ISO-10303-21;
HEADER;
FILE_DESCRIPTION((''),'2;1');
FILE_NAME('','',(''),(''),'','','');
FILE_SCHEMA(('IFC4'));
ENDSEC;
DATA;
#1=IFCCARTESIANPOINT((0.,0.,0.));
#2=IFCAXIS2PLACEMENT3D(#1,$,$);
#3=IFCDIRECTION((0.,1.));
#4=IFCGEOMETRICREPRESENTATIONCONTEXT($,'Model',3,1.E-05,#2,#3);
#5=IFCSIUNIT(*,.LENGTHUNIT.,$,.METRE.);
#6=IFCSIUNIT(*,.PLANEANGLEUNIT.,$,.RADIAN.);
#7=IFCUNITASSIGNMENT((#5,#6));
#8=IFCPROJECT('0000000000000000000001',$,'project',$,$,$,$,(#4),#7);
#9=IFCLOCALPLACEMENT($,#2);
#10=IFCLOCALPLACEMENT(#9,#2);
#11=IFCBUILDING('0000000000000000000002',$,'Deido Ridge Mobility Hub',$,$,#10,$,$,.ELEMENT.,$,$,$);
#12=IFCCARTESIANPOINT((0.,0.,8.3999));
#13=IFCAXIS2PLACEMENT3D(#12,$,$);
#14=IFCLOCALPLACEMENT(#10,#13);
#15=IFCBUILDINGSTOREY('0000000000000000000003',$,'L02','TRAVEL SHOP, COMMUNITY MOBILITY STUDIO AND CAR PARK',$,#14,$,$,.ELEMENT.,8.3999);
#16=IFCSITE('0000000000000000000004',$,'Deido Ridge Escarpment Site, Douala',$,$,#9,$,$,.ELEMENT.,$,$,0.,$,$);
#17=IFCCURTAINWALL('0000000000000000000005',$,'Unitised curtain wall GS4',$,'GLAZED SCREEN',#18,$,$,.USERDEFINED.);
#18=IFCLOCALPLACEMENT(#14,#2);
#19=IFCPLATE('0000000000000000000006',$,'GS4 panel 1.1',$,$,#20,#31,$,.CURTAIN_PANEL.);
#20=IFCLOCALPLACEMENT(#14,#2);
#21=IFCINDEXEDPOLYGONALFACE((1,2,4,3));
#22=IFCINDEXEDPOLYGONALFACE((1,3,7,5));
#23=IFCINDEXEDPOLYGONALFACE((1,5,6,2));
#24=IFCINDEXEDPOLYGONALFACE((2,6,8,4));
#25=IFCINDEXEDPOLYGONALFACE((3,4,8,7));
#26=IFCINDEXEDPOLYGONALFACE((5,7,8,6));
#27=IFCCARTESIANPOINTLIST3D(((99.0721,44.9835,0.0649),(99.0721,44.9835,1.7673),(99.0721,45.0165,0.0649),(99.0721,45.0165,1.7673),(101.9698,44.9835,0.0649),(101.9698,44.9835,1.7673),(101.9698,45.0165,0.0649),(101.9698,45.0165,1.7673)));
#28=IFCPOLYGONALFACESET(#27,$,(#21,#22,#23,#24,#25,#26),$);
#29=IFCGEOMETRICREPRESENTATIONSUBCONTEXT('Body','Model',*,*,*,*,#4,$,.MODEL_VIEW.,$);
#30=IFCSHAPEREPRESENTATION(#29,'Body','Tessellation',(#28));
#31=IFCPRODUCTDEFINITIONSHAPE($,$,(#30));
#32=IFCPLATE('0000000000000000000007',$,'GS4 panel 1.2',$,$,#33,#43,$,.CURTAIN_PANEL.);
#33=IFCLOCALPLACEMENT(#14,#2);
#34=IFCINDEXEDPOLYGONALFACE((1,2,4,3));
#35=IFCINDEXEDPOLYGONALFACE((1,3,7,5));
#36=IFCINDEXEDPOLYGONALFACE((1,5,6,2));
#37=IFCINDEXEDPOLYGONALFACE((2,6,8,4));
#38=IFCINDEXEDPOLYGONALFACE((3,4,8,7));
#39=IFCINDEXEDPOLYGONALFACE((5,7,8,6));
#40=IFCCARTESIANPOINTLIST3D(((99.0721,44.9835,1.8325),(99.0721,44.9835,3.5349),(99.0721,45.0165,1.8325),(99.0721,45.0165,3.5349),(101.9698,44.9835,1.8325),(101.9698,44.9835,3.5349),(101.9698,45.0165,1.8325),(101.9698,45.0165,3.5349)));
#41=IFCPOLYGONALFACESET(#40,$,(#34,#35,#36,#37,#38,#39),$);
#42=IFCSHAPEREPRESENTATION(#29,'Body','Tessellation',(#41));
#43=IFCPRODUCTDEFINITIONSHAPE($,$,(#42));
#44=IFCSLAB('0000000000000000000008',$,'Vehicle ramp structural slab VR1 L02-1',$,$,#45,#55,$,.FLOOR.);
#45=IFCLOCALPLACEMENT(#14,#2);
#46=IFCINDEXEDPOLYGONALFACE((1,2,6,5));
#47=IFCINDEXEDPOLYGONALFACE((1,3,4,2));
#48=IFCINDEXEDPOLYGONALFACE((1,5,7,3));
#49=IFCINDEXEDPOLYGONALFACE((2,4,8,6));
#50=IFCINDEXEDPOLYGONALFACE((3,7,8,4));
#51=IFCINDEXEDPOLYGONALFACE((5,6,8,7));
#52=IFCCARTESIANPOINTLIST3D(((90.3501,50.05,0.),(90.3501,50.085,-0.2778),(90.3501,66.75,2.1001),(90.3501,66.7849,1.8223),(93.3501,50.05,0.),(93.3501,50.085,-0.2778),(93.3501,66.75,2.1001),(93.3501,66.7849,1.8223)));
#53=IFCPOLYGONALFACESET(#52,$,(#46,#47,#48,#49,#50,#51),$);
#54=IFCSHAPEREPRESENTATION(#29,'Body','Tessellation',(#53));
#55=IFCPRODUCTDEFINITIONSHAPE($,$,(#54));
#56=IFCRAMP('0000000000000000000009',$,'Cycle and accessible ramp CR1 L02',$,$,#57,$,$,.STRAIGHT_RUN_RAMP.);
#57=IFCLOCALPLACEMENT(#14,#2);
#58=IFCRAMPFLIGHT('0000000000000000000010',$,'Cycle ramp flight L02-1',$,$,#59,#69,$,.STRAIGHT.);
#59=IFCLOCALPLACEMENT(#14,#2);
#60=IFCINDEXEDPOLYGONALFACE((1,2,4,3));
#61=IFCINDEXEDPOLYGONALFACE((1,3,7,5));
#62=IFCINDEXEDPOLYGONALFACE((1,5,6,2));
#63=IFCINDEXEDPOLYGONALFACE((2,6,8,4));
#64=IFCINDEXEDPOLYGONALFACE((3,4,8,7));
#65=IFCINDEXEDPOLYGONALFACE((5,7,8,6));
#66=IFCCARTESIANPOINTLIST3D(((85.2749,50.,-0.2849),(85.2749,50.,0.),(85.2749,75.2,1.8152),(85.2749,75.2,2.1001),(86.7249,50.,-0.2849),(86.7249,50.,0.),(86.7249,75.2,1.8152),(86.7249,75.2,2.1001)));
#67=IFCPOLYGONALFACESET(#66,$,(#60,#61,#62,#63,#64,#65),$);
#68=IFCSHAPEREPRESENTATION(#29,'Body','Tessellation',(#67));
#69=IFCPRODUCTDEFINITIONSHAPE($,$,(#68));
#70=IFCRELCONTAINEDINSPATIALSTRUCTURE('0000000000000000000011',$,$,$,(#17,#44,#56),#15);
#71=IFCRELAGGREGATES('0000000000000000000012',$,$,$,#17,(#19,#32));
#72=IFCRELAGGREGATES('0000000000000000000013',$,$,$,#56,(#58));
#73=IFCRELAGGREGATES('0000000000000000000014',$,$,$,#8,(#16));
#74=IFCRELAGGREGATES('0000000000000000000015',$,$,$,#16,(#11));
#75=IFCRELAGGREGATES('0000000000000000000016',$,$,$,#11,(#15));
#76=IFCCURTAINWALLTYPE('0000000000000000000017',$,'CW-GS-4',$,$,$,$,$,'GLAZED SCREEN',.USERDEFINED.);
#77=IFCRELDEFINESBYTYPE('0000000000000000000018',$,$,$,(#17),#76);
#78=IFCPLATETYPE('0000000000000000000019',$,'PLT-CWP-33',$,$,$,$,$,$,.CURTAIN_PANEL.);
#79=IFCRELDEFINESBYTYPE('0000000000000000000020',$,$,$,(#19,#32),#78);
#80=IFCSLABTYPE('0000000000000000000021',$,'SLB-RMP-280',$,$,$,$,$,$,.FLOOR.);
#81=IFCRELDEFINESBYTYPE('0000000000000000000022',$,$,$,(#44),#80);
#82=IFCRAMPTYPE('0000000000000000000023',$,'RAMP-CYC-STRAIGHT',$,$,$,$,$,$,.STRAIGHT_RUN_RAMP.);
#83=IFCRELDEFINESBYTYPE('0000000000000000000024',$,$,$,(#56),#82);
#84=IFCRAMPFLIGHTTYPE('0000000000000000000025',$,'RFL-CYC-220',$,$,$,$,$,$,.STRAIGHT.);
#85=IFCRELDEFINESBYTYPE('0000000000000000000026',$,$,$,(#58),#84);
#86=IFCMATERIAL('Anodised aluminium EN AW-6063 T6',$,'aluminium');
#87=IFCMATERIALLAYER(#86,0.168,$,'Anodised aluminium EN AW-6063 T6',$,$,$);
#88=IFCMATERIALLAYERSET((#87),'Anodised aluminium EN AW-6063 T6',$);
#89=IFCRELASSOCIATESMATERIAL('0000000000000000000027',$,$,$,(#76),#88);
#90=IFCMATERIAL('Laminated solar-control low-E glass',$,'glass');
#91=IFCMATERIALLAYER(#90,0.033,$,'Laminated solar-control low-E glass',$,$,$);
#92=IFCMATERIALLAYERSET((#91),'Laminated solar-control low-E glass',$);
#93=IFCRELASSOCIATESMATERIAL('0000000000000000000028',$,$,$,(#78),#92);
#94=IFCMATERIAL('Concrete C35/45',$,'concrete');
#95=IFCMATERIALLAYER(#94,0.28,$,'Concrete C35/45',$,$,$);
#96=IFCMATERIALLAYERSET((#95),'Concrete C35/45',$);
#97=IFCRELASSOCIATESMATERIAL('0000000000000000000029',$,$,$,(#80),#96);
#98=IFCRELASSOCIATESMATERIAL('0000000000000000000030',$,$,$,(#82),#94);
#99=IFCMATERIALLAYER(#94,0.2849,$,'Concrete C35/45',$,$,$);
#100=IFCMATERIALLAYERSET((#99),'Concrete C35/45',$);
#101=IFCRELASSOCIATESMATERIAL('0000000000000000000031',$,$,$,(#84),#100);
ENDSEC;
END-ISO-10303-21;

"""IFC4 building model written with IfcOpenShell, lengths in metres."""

from ifc_helpers import new_model, si_unit, direction, frame, origin, origin_2d, place, context, subcontext, project, spatial, polyline, rectangle, outline, extrude, material, layer, layer_set, type_object, element, aggregate, save


model = new_model("IFC4")

# Units and contexts
model_context = context("Model", 3, precision=1e-05, world=origin(), true_north=direction((0.0, 1.0)))
body_context = subcontext(model_context, "Body", "Model", "MODEL_VIEW")
ifc_project = project(units=[si_unit("LENGTHUNIT", "METRE"), si_unit("PLANEANGLEUNIT", "RADIAN")], contexts=[model_context])

# Site, building, storey
site_placement = place(None, origin())
site = spatial("IfcSite", under=ifc_project, at=site_placement, Name="Deido Ridge Escarpment Site, Douala", CompositionType="ELEMENT", RefElevation=0.0)
building_placement = place(site_placement, origin())
building = spatial("IfcBuilding", under=site, at=building_placement, Name="Deido Ridge Mobility Hub", CompositionType="ELEMENT")
storey_placement = place(building_placement, frame((0.0, 0.0, 8.3999)))
storey = spatial("IfcBuildingStorey", under=building, at=storey_placement, Name="L02", Description="TRAVEL SHOP, COMMUNITY MOBILITY STUDIO AND CAR PARK", CompositionType="ELEMENT", Elevation=8.3999)

# Curtain wall
ifc_material_1 = material(Name="Anodised aluminium EN AW-6063 T6", Category="aluminium")
ifc_layer_1 = layer(ifc_material_1, 0.168, Name="Anodised aluminium EN AW-6063 T6")
ifc_layer_set_1 = layer_set([ifc_layer_1], Name="Anodised aluminium EN AW-6063 T6")
curtain_wall_type = type_object("IfcCurtainWallType", Name="CW-GS-4", ElementType="GLAZED SCREEN", PredefinedType="USERDEFINED", material=ifc_layer_set_1)
curtain_wall_1_placement = place(storey_placement, origin())
curtain_wall_1 = element("IfcCurtainWall", 1, at=curtain_wall_1_placement, inside=storey, type_object=curtain_wall_type, Name="Unitised curtain wall GS4", ObjectType="GLAZED SCREEN", PredefinedType="USERDEFINED")

# Plates
ifc_material_2 = material(Name="Laminated solar-control low-E glass", Category="glass")
ifc_layer_2 = layer(ifc_material_2, 0.033, Name="Laminated solar-control low-E glass")
ifc_layer_set_2 = layer_set([ifc_layer_2], Name="Laminated solar-control low-E glass")
plate_type = type_object("IfcPlateType", Name="PLT-CWP-33", PredefinedType="CURTAIN_PANEL", material=ifc_layer_set_2)
plate_1_placement = place(storey_placement, frame((100.521, 45.0, 0.0649), z_axis=(0.0, 0.0, 1.0), x_axis=(1.0, 0.0, 0.0)))
plate_1 = element("IfcPlate", 2, at=plate_1_placement, type_object=plate_type, Name="GS4 panel 1.1", PredefinedType="CURTAIN_PANEL", context=body_context, shape_type="SweptSolid", body=[
    extrude(rectangle(XDim=2.8977, YDim=0.033, at=origin_2d()), origin(), (0.0, 0.0, 1.0), 1.7024),
])
plate_2_placement = place(storey_placement, frame((100.521, 45.0, 1.8325), z_axis=(0.0, 0.0, 1.0), x_axis=(1.0, 0.0, 0.0)))
plate_2 = element("IfcPlate", 3, at=plate_2_placement, type_object=plate_type, Name="GS4 panel 1.2", PredefinedType="CURTAIN_PANEL", context=body_context, shape_type="SweptSolid", body=[
    extrude(rectangle(XDim=2.8977, YDim=0.033, at=origin_2d()), origin(), (0.0, 0.0, 1.0), 1.7024),
])
aggregate(curtain_wall_1, [plate_1, plate_2])

# Slab
ifc_material_3 = material(Name="Concrete C35/45", Category="concrete")
ifc_layer_3 = layer(ifc_material_3, 0.28, Name="Concrete C35/45")
ifc_layer_set_3 = layer_set([ifc_layer_3], Name="Concrete C35/45")
slab_type = type_object("IfcSlabType", Name="SLB-RMP-280", PredefinedType="FLOOR", material=ifc_layer_set_3)
slab_placement = place(storey_placement, frame((90.3501, 50.05, 0.0), z_axis=(0.0, -0.124772, 0.992185), x_axis=(1.0, 0.0, 0.0)))
element("IfcSlab", 4, at=slab_placement, inside=storey, type_object=slab_type, Name="Vehicle ramp structural slab VR1 L02-1", PredefinedType="FLOOR", context=body_context, shape_type="SweptSolid", body=[
    extrude(outline(polyline([(0.0, 0.0), (3.0, 0.0), (3.0, 16.8315), (0.0, 16.8315), (0.0, 0.0)])), origin(), (0.0, 0.0, -1.0), 0.28),
])

# Ramp, ramp flight
ramp_type = type_object("IfcRampType", Name="RAMP-CYC-STRAIGHT", PredefinedType="STRAIGHT_RUN_RAMP", material=ifc_material_3)
ramp_placement = place(storey_placement, origin())
ramp = element("IfcRamp", 5, at=ramp_placement, inside=storey, type_object=ramp_type, Name="Cycle and accessible ramp CR1 L02", PredefinedType="STRAIGHT_RUN_RAMP")
ifc_layer_4 = layer(ifc_material_3, 0.2849, Name="Concrete C35/45")
ifc_layer_set_4 = layer_set([ifc_layer_4], Name="Concrete C35/45")
ramp_flight_type = type_object("IfcRampFlightType", Name="RFL-CYC-220", PredefinedType="STRAIGHT", material=ifc_layer_set_4)
ramp_flight_placement = place(storey_placement, frame((86.0, 50.0, 0.0), z_axis=(0.0, 0.0, 1.0), x_axis=(0.0, 1.0, 0.0)))
ramp_flight = element("IfcRampFlight", 6, at=ramp_flight_placement, type_object=ramp_flight_type, Name="Cycle ramp flight L02-1", PredefinedType="STRAIGHT", context=body_context, shape_type="SweptSolid", body=[
    extrude(outline(polyline([(0.0, 0.0), (0.0, -0.2849), (25.2, 1.8152), (25.2, 2.1001), (0.0, 0.0)])), frame((0.0, 0.7251, 0.0), z_axis=(0.0, -1.0, 0.0), x_axis=(1.0, 0.0, 0.0)), (0.0, 0.0, 1.0), 1.45),
])
aggregate(ramp, [ramp_flight])

save(model, "model.ifc")
